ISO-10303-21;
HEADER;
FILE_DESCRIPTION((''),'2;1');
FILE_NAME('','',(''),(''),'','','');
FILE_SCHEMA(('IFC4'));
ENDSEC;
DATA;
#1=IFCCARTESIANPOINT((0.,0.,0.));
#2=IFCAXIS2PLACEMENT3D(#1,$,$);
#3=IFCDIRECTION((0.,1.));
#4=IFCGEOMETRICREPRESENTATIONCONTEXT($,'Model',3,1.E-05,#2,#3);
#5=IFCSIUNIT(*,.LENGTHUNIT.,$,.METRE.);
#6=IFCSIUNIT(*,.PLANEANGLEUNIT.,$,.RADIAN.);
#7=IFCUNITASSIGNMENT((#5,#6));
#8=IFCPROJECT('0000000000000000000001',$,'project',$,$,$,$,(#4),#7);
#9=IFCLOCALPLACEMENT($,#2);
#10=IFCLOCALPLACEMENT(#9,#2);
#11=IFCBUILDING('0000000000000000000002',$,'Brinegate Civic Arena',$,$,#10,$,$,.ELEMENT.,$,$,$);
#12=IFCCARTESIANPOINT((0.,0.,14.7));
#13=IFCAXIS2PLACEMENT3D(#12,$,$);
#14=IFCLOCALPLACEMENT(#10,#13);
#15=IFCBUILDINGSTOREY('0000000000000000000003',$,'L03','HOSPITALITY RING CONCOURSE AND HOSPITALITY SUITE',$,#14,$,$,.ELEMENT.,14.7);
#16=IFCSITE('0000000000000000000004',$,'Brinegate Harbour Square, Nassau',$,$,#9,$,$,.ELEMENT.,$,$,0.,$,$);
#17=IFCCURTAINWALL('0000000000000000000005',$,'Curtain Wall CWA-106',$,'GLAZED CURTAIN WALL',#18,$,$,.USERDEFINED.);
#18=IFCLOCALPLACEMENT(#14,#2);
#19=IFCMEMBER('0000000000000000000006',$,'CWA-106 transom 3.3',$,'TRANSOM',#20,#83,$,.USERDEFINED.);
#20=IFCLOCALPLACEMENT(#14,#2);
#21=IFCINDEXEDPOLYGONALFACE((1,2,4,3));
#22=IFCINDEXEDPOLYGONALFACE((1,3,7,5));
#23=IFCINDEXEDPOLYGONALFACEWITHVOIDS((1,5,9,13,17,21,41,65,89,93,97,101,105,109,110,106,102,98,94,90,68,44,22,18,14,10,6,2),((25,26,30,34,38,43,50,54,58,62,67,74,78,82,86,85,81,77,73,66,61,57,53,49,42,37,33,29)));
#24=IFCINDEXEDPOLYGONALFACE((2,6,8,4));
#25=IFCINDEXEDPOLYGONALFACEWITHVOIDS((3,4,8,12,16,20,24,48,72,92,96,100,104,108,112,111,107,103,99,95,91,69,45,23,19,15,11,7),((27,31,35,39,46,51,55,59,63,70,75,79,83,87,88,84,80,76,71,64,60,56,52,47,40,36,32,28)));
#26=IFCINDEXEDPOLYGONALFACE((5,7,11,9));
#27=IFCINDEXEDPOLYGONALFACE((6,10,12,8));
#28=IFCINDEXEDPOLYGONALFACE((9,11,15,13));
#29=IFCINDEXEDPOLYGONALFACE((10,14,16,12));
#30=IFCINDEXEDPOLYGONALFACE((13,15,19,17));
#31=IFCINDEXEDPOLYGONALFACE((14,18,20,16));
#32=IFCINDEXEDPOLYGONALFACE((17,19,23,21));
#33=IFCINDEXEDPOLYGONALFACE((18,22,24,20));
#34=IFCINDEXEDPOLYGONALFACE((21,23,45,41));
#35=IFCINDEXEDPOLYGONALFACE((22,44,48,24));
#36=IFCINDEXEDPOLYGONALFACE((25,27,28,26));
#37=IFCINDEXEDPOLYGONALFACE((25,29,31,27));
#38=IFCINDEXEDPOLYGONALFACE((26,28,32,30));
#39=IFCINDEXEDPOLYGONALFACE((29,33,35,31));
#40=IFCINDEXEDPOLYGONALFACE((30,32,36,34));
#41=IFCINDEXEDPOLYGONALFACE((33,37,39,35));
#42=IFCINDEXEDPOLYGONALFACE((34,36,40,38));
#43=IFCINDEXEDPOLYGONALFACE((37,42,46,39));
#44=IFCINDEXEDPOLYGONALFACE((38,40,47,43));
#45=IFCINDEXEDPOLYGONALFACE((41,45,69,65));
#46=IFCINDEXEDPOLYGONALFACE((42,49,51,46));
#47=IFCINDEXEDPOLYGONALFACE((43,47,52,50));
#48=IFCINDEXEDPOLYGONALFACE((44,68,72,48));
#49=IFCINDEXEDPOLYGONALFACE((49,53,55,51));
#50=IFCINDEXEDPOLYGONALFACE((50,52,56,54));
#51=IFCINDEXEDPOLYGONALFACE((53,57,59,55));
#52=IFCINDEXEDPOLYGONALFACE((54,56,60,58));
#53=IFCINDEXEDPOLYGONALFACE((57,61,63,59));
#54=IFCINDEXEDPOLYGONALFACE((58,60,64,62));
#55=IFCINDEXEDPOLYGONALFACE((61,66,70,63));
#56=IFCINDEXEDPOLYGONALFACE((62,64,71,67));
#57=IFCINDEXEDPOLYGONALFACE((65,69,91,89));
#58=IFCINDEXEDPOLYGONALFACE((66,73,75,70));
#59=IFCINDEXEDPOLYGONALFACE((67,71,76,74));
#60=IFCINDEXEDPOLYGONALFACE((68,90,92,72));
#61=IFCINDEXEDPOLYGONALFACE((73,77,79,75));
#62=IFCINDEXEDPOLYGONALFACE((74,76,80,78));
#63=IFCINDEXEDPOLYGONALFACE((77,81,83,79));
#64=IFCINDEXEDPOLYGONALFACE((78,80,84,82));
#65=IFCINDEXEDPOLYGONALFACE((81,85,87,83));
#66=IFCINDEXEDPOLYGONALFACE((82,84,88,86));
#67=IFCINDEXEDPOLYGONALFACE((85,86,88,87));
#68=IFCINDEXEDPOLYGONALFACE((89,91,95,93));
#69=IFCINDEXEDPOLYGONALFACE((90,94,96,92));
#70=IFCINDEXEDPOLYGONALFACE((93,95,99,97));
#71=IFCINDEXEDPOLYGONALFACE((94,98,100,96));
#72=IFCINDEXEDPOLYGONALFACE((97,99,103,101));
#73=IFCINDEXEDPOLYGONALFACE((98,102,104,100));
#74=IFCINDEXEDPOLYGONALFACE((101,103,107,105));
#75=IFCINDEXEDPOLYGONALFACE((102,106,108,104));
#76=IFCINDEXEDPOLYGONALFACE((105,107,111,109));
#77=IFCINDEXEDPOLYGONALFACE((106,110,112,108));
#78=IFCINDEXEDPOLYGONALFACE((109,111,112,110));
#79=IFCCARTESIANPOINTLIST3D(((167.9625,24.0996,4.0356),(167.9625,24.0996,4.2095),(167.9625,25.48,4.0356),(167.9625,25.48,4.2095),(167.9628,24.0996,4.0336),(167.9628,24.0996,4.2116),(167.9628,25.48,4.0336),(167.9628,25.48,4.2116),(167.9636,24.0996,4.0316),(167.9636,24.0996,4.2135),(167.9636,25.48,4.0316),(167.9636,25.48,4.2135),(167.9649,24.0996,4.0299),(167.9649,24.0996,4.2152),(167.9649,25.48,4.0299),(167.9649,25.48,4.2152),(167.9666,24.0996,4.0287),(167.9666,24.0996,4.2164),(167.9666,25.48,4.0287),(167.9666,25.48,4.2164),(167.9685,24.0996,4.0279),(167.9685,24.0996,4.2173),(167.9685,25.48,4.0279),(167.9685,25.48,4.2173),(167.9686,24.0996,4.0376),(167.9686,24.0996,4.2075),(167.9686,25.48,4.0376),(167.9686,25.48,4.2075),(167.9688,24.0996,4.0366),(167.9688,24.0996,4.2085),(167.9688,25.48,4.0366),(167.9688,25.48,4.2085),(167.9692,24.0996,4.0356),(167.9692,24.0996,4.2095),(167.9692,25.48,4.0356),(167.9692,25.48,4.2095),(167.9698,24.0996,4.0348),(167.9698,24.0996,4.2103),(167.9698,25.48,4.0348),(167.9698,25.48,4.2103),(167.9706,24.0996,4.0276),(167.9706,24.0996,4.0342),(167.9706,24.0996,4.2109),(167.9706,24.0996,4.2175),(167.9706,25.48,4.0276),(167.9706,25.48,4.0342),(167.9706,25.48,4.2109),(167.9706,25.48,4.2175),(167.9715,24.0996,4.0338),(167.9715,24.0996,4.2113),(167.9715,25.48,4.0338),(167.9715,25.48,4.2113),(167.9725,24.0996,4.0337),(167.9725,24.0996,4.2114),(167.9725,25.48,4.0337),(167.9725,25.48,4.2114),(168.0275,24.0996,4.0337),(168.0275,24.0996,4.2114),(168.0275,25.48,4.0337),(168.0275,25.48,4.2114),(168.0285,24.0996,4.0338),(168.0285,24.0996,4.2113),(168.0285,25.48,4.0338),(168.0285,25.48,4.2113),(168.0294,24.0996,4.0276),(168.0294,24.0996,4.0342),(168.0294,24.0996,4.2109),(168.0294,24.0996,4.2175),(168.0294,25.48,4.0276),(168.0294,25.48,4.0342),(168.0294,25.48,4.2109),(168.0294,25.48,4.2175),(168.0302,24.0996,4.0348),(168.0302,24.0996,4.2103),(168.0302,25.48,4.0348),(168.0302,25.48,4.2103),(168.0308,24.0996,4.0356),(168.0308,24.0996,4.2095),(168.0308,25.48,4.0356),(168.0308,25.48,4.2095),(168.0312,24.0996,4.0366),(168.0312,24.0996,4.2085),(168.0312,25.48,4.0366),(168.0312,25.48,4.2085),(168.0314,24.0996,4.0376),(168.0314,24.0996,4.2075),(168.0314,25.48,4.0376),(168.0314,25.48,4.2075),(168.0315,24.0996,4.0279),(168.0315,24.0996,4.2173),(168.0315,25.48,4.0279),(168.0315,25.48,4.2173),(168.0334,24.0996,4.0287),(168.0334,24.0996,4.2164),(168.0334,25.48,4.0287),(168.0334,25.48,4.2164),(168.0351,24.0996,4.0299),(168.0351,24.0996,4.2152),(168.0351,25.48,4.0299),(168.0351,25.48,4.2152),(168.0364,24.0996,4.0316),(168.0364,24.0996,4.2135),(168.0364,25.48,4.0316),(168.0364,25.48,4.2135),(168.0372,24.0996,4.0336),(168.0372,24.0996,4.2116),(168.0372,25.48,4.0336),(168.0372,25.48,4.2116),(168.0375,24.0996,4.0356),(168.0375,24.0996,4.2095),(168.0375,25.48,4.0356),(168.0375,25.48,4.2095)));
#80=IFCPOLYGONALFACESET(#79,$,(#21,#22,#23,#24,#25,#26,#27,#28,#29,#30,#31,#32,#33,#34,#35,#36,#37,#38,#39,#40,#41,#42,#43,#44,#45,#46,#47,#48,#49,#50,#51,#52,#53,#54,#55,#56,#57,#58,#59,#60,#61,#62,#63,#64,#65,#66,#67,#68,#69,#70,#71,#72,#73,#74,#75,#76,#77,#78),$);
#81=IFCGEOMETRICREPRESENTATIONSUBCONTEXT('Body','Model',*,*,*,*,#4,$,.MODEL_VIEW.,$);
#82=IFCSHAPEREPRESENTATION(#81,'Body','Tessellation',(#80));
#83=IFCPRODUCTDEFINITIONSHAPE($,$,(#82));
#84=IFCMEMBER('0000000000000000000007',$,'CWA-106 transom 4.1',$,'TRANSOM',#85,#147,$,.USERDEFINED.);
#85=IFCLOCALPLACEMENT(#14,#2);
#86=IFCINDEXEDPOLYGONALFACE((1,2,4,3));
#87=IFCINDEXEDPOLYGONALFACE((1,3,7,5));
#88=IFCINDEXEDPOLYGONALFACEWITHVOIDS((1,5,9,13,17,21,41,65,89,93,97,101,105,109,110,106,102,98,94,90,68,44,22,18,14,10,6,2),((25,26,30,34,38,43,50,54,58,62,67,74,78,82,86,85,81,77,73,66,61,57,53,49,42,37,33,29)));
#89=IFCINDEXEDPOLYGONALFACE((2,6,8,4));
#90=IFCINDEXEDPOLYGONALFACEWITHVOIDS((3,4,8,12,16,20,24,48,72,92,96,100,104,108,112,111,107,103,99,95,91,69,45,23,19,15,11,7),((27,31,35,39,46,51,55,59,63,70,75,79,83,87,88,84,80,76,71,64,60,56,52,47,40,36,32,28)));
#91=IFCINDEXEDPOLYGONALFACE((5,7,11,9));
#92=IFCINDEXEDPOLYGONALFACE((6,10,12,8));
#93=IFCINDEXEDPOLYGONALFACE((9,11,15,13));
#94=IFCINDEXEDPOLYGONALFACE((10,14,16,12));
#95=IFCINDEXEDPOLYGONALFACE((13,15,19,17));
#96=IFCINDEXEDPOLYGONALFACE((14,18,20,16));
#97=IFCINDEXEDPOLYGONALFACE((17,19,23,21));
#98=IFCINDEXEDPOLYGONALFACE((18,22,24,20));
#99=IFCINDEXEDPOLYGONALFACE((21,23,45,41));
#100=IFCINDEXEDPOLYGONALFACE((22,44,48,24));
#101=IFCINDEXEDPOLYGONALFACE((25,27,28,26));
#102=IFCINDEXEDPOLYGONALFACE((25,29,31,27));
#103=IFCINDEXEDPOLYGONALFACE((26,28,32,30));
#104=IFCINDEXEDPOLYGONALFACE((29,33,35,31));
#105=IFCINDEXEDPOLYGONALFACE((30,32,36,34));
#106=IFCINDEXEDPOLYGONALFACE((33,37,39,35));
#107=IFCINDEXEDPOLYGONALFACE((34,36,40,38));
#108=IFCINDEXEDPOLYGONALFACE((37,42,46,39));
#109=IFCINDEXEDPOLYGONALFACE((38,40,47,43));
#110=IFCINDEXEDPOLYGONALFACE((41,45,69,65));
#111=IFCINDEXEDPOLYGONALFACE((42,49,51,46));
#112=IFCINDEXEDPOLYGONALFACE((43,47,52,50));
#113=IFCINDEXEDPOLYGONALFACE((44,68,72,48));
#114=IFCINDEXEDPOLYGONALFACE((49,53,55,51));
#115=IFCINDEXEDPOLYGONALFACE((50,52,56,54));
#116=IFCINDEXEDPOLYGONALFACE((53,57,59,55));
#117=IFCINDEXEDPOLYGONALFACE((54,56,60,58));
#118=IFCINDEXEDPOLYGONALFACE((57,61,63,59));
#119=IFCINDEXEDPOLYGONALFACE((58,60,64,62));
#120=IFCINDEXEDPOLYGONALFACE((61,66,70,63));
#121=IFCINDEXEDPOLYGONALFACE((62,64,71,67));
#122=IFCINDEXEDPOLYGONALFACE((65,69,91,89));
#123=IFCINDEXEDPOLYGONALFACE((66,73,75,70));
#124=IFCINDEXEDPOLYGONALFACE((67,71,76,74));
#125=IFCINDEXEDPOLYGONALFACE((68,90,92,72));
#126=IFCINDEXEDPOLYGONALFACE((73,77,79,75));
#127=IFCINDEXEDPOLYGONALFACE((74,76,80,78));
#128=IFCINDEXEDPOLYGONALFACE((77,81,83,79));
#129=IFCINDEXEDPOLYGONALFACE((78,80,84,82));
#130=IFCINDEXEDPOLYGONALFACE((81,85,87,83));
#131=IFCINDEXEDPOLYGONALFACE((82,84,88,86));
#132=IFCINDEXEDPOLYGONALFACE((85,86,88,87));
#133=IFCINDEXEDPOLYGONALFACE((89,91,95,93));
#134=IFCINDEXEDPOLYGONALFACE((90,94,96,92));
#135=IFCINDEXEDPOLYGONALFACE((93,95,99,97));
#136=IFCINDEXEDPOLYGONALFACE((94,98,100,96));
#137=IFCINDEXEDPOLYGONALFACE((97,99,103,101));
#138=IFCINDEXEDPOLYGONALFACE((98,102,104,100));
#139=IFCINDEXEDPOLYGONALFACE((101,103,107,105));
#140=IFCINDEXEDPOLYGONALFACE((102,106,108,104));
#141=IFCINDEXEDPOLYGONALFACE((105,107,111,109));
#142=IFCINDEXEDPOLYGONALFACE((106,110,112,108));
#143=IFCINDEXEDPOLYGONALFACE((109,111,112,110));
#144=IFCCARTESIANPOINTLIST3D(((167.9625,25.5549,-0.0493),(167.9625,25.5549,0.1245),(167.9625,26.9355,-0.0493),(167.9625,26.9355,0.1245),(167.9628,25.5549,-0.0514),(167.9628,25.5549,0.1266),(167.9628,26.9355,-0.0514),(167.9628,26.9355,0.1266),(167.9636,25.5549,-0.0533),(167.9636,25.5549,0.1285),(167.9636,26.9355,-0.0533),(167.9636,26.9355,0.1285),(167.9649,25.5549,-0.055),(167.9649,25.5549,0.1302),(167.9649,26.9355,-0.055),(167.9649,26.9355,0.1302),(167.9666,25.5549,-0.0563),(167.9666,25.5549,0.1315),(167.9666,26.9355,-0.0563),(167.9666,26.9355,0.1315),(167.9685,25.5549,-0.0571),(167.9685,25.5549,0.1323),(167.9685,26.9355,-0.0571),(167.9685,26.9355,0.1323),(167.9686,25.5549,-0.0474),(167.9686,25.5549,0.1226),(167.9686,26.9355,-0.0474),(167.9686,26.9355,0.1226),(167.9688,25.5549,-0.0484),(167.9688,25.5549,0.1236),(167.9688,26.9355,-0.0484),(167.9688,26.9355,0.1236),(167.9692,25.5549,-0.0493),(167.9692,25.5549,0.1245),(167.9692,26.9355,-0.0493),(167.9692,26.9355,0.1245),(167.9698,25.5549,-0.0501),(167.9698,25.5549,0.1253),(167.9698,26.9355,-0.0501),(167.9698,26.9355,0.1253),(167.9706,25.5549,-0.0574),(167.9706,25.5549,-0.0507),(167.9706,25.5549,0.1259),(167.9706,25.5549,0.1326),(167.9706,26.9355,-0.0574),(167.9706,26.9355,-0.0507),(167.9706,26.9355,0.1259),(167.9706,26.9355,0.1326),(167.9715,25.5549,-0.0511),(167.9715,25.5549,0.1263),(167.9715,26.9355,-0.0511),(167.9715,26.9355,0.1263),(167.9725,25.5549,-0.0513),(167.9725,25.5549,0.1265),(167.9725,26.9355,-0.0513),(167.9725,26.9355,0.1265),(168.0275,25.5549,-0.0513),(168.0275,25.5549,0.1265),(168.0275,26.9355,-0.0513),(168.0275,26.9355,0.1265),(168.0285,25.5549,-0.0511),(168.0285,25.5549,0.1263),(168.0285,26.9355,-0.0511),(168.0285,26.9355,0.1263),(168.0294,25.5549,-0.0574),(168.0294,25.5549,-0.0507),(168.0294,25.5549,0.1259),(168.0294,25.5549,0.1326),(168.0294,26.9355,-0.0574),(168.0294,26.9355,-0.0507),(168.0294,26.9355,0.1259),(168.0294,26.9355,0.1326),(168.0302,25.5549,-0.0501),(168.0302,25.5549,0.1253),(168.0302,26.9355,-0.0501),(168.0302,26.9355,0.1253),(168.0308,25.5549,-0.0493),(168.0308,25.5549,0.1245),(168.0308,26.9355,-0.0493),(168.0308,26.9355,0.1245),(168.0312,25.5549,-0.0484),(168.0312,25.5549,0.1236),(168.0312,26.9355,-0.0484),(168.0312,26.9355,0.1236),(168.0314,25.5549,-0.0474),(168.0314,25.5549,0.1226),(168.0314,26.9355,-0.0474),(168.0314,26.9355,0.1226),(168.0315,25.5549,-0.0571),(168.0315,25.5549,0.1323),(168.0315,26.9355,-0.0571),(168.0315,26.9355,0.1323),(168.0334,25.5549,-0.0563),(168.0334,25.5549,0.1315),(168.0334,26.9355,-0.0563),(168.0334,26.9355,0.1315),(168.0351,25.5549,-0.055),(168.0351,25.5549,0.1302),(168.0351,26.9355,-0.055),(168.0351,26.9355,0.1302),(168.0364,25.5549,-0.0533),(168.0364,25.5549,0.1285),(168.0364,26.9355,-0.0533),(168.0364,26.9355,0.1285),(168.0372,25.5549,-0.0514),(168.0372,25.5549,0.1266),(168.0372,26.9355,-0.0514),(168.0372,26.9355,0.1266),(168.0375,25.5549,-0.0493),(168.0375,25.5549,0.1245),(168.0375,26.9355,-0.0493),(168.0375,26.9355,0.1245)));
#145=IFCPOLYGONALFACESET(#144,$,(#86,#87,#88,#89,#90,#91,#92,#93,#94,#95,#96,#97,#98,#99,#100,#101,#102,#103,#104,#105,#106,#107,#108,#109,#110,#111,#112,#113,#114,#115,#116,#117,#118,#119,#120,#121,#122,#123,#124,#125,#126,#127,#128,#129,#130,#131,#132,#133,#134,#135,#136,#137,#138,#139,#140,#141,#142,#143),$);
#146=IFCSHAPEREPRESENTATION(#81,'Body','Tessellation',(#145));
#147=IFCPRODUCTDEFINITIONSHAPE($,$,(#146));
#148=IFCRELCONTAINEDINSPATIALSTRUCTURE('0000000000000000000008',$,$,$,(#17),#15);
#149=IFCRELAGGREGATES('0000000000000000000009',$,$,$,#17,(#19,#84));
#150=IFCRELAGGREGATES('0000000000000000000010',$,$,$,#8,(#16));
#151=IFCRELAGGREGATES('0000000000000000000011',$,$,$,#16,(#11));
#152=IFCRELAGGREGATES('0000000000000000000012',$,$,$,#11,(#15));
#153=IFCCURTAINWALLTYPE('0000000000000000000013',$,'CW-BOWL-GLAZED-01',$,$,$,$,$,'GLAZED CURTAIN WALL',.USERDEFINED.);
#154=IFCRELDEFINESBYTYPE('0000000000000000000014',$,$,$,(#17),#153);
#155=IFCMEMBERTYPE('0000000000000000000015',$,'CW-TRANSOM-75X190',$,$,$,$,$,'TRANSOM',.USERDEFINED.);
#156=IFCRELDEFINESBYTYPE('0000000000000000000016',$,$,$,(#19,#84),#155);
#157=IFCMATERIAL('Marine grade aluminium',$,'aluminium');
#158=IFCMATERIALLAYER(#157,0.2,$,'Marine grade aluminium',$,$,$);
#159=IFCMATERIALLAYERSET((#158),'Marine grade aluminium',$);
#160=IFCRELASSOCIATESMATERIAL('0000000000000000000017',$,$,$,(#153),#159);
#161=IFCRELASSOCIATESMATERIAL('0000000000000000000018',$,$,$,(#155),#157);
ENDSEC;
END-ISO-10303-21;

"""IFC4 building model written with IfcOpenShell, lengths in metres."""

from ifc_helpers import new_model, si_unit, direction, frame, origin, origin_2d, place, context, subcontext, project, spatial, hollow_rectangle, extrude, material, layer, layer_set, material_profile, profile_set, type_object, element, aggregate, save


model = new_model("IFC4")

# Units and contexts
model_context = context("Model", 3, precision=1e-05, world=origin(), true_north=direction((0.0, 1.0)))
body_context = subcontext(model_context, "Body", "Model", "MODEL_VIEW")
ifc_project = project(units=[si_unit("LENGTHUNIT", "METRE"), si_unit("PLANEANGLEUNIT", "RADIAN")], contexts=[model_context])

# Site, building, storey
site_placement = place(None, origin())
site = spatial("IfcSite", under=ifc_project, at=site_placement, Name="Brinegate Harbour Square, Nassau", CompositionType="ELEMENT", RefElevation=0.0)
building_placement = place(site_placement, origin())
building = spatial("IfcBuilding", under=site, at=building_placement, Name="Brinegate Civic Arena", CompositionType="ELEMENT")
storey_placement = place(building_placement, frame((0.0, 0.0, 14.7)))
storey = spatial("IfcBuildingStorey", under=building, at=storey_placement, Name="L03", Description="HOSPITALITY RING CONCOURSE AND HOSPITALITY SUITE", CompositionType="ELEMENT", Elevation=14.7)

# Shared definitions
ifc_material_1 = material(Name="Marine grade aluminium", Category="aluminium")
ifc_layer_1 = layer(ifc_material_1, 0.2, Name="Marine grade aluminium")
ifc_layer_set_1 = layer_set([ifc_layer_1], Name="Marine grade aluminium")
curtain_wall_type = type_object("IfcCurtainWallType", Name="CW-BOWL-GLAZED-01", ElementType="GLAZED CURTAIN WALL", PredefinedType="USERDEFINED", material=ifc_layer_set_1)

# Curtain wall, members
curtain_wall_1_placement = place(storey_placement, origin())
curtain_wall_1 = element("IfcCurtainWall", 1, at=curtain_wall_1_placement, inside=storey, type_object=curtain_wall_type, Name="Curtain Wall CWA-106", ObjectType="GLAZED CURTAIN WALL", PredefinedType="USERDEFINED")
ifc_material_profile_1 = material_profile(ifc_material_1, hollow_rectangle(XDim=0.075, YDim=0.1899, WallThickness=0.0061, InnerFilletRadius=0.0039, OuterFilletRadius=0.0081, at=origin_2d()), Name="TRN75X190")
ifc_profile_set_1 = profile_set([ifc_material_profile_1], Name="Marine grade aluminium")
member_type_1 = type_object("IfcMemberType", Name="CW-TRANSOM-75X190", ElementType="TRANSOM", PredefinedType="USERDEFINED", material=ifc_profile_set_1)
member_1_placement = place(storey_placement, frame((168.0, 24.0996, 4.1226), z_axis=(0.0, 1.0, 0.0), x_axis=(-1.0, 0.0, 0.0)))
member_1 = element("IfcMember", 2, at=member_1_placement, type_object=member_type_1, Name="CWA-106 transom 3.3", ObjectType="TRANSOM", PredefinedType="USERDEFINED", context=body_context, shape_type="SweptSolid", body=[
    extrude(hollow_rectangle(XDim=0.075, YDim=0.1899, WallThickness=0.0061, InnerFilletRadius=0.0039, OuterFilletRadius=0.0081, at=origin_2d()), origin(), (0.0, 0.0, 1.0), 1.3804),
])
member_2_placement = place(storey_placement, frame((168.0, 25.5549, 0.0376), z_axis=(0.0, 1.0, 0.0), x_axis=(-1.0, 0.0, 0.0)))
member_2 = element("IfcMember", 3, at=member_2_placement, type_object=member_type_1, Name="CWA-106 transom 4.1", ObjectType="TRANSOM", PredefinedType="USERDEFINED", context=body_context, shape_type="SweptSolid", body=[
    extrude(hollow_rectangle(XDim=0.075, YDim=0.1899, WallThickness=0.0061, InnerFilletRadius=0.0039, OuterFilletRadius=0.0081, at=origin_2d()), origin(), (0.0, 0.0, 1.0), 1.3806),
])

aggregate(curtain_wall_1, [member_1, member_2])

save(model, "model.ifc")
